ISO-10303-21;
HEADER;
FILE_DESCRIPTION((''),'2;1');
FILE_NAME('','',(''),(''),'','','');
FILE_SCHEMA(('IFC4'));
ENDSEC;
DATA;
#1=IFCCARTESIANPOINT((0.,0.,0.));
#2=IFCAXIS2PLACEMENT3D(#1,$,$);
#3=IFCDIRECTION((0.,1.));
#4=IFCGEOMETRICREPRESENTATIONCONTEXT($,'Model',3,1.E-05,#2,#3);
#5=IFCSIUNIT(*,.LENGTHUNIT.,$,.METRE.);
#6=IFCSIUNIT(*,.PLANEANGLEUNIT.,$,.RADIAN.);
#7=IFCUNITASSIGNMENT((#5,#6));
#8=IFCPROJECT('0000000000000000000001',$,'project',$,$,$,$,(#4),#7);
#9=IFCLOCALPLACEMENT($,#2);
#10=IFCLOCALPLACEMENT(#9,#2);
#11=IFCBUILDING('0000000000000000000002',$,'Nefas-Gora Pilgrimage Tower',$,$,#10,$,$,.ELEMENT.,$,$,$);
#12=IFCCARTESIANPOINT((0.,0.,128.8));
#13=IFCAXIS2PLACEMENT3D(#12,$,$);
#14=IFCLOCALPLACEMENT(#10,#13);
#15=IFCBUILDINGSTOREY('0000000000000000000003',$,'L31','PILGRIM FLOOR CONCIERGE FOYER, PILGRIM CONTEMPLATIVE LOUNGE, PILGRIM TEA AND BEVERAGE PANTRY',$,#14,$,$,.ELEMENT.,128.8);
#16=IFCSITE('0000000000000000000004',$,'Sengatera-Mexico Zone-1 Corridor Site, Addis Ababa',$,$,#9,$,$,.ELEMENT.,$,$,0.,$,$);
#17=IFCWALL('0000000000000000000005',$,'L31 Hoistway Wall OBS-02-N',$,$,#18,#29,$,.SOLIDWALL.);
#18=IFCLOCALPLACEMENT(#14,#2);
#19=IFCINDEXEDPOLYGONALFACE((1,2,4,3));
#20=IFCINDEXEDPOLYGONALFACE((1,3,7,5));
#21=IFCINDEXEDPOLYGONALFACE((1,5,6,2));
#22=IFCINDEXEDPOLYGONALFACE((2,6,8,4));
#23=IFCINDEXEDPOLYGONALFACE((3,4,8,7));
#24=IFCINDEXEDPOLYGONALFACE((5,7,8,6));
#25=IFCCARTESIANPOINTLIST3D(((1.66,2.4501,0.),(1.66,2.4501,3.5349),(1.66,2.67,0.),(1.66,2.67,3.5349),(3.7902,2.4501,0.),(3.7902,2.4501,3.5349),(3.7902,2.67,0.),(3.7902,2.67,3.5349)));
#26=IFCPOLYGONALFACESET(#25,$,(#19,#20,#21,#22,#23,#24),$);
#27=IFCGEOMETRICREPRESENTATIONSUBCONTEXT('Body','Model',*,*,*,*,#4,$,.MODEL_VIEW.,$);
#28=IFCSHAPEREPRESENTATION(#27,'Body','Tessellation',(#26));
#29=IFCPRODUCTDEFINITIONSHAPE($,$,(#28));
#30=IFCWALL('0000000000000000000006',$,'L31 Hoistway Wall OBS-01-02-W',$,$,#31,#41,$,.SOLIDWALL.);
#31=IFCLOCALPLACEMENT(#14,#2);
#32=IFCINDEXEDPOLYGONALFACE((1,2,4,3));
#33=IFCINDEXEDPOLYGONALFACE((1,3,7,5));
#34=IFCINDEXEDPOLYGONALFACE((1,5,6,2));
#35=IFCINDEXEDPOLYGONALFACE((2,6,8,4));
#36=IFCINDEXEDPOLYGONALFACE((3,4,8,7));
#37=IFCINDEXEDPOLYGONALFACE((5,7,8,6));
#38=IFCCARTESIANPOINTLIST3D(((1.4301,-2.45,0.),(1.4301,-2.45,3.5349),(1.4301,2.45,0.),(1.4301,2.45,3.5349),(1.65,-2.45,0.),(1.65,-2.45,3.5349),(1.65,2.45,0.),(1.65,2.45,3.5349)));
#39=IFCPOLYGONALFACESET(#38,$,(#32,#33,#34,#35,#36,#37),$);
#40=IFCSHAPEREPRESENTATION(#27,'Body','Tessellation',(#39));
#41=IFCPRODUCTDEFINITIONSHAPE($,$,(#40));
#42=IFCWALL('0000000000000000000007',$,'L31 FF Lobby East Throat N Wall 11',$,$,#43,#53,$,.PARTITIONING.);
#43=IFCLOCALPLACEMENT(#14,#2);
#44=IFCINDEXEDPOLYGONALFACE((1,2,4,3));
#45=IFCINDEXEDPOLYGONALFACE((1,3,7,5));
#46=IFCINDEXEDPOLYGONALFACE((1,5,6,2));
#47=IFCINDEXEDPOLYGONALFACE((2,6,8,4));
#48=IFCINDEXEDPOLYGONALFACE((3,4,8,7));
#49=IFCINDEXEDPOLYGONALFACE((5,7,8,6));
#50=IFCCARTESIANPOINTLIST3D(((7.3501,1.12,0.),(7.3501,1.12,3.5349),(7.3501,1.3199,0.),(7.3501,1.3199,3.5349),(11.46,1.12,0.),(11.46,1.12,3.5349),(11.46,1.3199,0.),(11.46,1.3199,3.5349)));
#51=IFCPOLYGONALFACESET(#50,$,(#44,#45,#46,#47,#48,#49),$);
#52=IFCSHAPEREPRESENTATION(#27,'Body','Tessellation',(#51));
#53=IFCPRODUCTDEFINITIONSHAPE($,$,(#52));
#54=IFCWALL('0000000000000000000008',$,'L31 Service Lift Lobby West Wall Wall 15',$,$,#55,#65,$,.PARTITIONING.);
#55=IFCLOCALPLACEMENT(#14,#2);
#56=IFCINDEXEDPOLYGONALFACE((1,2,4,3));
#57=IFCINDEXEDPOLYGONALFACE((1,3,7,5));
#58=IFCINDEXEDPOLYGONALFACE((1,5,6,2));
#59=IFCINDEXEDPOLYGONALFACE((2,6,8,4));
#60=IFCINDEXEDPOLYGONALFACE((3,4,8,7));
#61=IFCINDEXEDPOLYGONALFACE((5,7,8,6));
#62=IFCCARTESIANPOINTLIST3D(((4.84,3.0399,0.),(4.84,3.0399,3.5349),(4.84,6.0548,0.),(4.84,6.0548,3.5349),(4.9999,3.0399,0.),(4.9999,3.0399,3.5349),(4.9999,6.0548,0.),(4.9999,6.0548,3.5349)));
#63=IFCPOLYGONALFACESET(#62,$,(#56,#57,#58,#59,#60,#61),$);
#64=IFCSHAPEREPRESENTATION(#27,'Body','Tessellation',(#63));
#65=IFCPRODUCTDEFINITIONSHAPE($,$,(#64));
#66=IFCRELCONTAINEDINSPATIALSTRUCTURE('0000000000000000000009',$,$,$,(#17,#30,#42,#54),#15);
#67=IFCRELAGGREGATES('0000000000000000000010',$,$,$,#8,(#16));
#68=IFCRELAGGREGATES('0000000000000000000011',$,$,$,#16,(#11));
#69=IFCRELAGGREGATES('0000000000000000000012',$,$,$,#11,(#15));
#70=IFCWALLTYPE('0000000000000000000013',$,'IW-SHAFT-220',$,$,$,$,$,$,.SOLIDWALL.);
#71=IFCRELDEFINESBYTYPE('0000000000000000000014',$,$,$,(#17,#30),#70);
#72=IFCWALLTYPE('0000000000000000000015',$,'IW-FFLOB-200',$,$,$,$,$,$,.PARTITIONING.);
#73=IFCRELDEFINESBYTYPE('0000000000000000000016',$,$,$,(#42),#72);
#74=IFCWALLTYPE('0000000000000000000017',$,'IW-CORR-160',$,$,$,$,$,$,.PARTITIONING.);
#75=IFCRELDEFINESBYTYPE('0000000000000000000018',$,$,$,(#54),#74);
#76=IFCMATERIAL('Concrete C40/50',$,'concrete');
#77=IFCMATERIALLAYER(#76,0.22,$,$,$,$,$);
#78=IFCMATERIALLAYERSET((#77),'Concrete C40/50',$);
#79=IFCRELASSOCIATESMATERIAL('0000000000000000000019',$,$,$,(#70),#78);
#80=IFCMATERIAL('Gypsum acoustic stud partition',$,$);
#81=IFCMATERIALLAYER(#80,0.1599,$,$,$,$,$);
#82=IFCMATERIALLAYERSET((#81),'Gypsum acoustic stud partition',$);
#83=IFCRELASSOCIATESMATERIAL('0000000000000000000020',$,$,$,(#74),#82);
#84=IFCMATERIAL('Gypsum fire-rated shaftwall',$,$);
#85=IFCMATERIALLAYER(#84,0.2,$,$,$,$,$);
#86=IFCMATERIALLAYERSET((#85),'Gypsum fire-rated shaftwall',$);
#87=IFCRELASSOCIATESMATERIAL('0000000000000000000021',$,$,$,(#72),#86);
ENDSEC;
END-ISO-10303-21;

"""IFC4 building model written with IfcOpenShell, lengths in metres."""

from ifc_helpers import new_model, si_unit, direction, frame, frame_2d, origin, place, context, subcontext, project, spatial, rectangle, extrude, source, transform, mapped, material, layer, layer_set, type_object, element, save


model = new_model("IFC4")

# Units and contexts
model_context = context("Model", 3, precision=1e-05, world=origin(), true_north=direction((0.0, 1.0)))
body_context = subcontext(model_context, "Body", "Model", "MODEL_VIEW")
ifc_project = project(units=[si_unit("LENGTHUNIT", "METRE"), si_unit("PLANEANGLEUNIT", "RADIAN")], contexts=[model_context])

# Site, building, storey
site_placement = place(None, origin())
site = spatial("IfcSite", under=ifc_project, at=site_placement, Name="Sengatera-Mexico Zone-1 Corridor Site, Addis Ababa", CompositionType="ELEMENT", RefElevation=0.0)
building_placement = place(site_placement, origin())
building = spatial("IfcBuilding", under=site, at=building_placement, Name="Nefas-Gora Pilgrimage Tower", CompositionType="ELEMENT")
storey_placement = place(building_placement, frame((0.0, 0.0, 128.8)))
storey = spatial("IfcBuildingStorey", under=building, at=storey_placement, Name="L31", Description="PILGRIM FLOOR CONCIERGE FOYER, PILGRIM CONTEMPLATIVE LOUNGE, PILGRIM TEA AND BEVERAGE PANTRY", CompositionType="ELEMENT", Elevation=128.8)

# Shared definitions
ifc_material_1 = material(Name="Concrete C40/50", Category="concrete")
ifc_layer_1 = layer(ifc_material_1, 0.22)
ifc_layer_set_1 = layer_set([ifc_layer_1], Name="Concrete C40/50")
wall_type_1 = type_object("IfcWallType", Name="IW-SHAFT-220", PredefinedType="SOLIDWALL", material=ifc_layer_set_1)

# Walls
ifc_material_2 = material(Name="Gypsum acoustic stud partition")
ifc_layer_2 = layer(ifc_material_2, 0.1599)
ifc_layer_set_2 = layer_set([ifc_layer_2], Name="Gypsum acoustic stud partition")
wall_type_2 = type_object("IfcWallType", Name="IW-CORR-160", PredefinedType="PARTITIONING", material=ifc_layer_set_2)
shared_shape_1 = source(origin(), body_context, "Body", "SweptSolid", [
    extrude(rectangle(XDim=2.1301, YDim=0.22, at=frame_2d((1.0649, 0.0))), origin(), (0.0, 0.0, 1.0), 3.5349),
])
for number, where, z_axis, x_axis, name in (
    (1, (3.79, 2.5601, 0.0), (0.0, 0.0, 1.0), (-1.0, 0.0, 0.0), "L31 Hoistway Wall OBS-02-N"),
):
    element("IfcWall", number, at=place(storey_placement, frame(where, z_axis=z_axis, x_axis=x_axis)), inside=storey, type_object=wall_type_1, Name=name, PredefinedType="SOLIDWALL", context=body_context, shape_type="MappedRepresentation", body=[
        mapped(shared_shape_1, transform((0.0, 0.0, 0.0), x_axis=(1.0, 0.0, 0.0), y_axis=(0.0, 1.0, 0.0), z_axis=(0.0, 0.0, 1.0), scale=1.0)),
    ])
shared_shape_2 = source(origin(), body_context, "Body", "SweptSolid", [
    extrude(rectangle(XDim=4.8999, YDim=0.22, at=frame_2d((2.45, 0.0))), origin(), (0.0, 0.0, 1.0), 3.5349),
])
wall_1_placement = place(storey_placement, frame((1.54, 2.45, 0.0), z_axis=(0.0, 0.0, 1.0), x_axis=(0.0, -1.0, 0.0)))
element("IfcWall", 2, at=wall_1_placement, inside=storey, type_object=wall_type_1, Name="L31 Hoistway Wall OBS-01-02-W", PredefinedType="SOLIDWALL", context=body_context, shape_type="MappedRepresentation", body=[
    mapped(shared_shape_2, transform((0.0, 0.0, 0.0), x_axis=(1.0, 0.0, 0.0), y_axis=(0.0, 1.0, 0.0), z_axis=(0.0, 0.0, 1.0), scale=1.0)),
])

# Shared definitions
ifc_material_3 = material(Name="Gypsum fire-rated shaftwall")
ifc_layer_3 = layer(ifc_material_3, 0.2)
ifc_layer_set_3 = layer_set([ifc_layer_3], Name="Gypsum fire-rated shaftwall")
wall_type_3 = type_object("IfcWallType", Name="IW-FFLOB-200", PredefinedType="PARTITIONING", material=ifc_layer_set_3)

# Walls
shared_shape_3 = source(origin(), body_context, "Body", "SweptSolid", [
    extrude(rectangle(XDim=4.1099, YDim=0.2, at=frame_2d((2.0549, 0.0))), origin(), (0.0, 0.0, 1.0), 3.5349),
])
wall_2_placement = place(storey_placement, frame((7.3501, 1.22, 0.0), z_axis=(0.0, 0.0, 1.0), x_axis=(1.0, 0.0, 0.0)))
element("IfcWall", 3, at=wall_2_placement, inside=storey, type_object=wall_type_3, Name="L31 FF Lobby East Throat N Wall 11", PredefinedType="PARTITIONING", context=body_context, shape_type="MappedRepresentation", body=[
    mapped(shared_shape_3, transform((0.0, 0.0, 0.0), x_axis=(1.0, 0.0, 0.0), y_axis=(0.0, 1.0, 0.0), z_axis=(0.0, 0.0, 1.0), scale=1.0)),
])
shared_shape_4 = source(origin(), body_context, "Body", "SweptSolid", [
    extrude(rectangle(XDim=3.0149, YDim=0.1599, at=frame_2d((1.5073, 0.0))), origin(), (0.0, 0.0, 1.0), 3.5349),
])
wall_3_placement = place(storey_placement, frame((4.9199, 3.04, 0.0), z_axis=(0.0, 0.0, 1.0), x_axis=(0.0, 1.0, 0.0)))
element("IfcWall", 4, at=wall_3_placement, inside=storey, type_object=wall_type_2, Name="L31 Service Lift Lobby West Wall Wall 15", PredefinedType="PARTITIONING", context=body_context, shape_type="MappedRepresentation", body=[
    mapped(shared_shape_4, transform((0.0, 0.0, 0.0), x_axis=(1.0, 0.0, 0.0), y_axis=(0.0, 1.0, 0.0), z_axis=(0.0, 0.0, 1.0), scale=1.0)),
])

save(model, "model.ifc")
